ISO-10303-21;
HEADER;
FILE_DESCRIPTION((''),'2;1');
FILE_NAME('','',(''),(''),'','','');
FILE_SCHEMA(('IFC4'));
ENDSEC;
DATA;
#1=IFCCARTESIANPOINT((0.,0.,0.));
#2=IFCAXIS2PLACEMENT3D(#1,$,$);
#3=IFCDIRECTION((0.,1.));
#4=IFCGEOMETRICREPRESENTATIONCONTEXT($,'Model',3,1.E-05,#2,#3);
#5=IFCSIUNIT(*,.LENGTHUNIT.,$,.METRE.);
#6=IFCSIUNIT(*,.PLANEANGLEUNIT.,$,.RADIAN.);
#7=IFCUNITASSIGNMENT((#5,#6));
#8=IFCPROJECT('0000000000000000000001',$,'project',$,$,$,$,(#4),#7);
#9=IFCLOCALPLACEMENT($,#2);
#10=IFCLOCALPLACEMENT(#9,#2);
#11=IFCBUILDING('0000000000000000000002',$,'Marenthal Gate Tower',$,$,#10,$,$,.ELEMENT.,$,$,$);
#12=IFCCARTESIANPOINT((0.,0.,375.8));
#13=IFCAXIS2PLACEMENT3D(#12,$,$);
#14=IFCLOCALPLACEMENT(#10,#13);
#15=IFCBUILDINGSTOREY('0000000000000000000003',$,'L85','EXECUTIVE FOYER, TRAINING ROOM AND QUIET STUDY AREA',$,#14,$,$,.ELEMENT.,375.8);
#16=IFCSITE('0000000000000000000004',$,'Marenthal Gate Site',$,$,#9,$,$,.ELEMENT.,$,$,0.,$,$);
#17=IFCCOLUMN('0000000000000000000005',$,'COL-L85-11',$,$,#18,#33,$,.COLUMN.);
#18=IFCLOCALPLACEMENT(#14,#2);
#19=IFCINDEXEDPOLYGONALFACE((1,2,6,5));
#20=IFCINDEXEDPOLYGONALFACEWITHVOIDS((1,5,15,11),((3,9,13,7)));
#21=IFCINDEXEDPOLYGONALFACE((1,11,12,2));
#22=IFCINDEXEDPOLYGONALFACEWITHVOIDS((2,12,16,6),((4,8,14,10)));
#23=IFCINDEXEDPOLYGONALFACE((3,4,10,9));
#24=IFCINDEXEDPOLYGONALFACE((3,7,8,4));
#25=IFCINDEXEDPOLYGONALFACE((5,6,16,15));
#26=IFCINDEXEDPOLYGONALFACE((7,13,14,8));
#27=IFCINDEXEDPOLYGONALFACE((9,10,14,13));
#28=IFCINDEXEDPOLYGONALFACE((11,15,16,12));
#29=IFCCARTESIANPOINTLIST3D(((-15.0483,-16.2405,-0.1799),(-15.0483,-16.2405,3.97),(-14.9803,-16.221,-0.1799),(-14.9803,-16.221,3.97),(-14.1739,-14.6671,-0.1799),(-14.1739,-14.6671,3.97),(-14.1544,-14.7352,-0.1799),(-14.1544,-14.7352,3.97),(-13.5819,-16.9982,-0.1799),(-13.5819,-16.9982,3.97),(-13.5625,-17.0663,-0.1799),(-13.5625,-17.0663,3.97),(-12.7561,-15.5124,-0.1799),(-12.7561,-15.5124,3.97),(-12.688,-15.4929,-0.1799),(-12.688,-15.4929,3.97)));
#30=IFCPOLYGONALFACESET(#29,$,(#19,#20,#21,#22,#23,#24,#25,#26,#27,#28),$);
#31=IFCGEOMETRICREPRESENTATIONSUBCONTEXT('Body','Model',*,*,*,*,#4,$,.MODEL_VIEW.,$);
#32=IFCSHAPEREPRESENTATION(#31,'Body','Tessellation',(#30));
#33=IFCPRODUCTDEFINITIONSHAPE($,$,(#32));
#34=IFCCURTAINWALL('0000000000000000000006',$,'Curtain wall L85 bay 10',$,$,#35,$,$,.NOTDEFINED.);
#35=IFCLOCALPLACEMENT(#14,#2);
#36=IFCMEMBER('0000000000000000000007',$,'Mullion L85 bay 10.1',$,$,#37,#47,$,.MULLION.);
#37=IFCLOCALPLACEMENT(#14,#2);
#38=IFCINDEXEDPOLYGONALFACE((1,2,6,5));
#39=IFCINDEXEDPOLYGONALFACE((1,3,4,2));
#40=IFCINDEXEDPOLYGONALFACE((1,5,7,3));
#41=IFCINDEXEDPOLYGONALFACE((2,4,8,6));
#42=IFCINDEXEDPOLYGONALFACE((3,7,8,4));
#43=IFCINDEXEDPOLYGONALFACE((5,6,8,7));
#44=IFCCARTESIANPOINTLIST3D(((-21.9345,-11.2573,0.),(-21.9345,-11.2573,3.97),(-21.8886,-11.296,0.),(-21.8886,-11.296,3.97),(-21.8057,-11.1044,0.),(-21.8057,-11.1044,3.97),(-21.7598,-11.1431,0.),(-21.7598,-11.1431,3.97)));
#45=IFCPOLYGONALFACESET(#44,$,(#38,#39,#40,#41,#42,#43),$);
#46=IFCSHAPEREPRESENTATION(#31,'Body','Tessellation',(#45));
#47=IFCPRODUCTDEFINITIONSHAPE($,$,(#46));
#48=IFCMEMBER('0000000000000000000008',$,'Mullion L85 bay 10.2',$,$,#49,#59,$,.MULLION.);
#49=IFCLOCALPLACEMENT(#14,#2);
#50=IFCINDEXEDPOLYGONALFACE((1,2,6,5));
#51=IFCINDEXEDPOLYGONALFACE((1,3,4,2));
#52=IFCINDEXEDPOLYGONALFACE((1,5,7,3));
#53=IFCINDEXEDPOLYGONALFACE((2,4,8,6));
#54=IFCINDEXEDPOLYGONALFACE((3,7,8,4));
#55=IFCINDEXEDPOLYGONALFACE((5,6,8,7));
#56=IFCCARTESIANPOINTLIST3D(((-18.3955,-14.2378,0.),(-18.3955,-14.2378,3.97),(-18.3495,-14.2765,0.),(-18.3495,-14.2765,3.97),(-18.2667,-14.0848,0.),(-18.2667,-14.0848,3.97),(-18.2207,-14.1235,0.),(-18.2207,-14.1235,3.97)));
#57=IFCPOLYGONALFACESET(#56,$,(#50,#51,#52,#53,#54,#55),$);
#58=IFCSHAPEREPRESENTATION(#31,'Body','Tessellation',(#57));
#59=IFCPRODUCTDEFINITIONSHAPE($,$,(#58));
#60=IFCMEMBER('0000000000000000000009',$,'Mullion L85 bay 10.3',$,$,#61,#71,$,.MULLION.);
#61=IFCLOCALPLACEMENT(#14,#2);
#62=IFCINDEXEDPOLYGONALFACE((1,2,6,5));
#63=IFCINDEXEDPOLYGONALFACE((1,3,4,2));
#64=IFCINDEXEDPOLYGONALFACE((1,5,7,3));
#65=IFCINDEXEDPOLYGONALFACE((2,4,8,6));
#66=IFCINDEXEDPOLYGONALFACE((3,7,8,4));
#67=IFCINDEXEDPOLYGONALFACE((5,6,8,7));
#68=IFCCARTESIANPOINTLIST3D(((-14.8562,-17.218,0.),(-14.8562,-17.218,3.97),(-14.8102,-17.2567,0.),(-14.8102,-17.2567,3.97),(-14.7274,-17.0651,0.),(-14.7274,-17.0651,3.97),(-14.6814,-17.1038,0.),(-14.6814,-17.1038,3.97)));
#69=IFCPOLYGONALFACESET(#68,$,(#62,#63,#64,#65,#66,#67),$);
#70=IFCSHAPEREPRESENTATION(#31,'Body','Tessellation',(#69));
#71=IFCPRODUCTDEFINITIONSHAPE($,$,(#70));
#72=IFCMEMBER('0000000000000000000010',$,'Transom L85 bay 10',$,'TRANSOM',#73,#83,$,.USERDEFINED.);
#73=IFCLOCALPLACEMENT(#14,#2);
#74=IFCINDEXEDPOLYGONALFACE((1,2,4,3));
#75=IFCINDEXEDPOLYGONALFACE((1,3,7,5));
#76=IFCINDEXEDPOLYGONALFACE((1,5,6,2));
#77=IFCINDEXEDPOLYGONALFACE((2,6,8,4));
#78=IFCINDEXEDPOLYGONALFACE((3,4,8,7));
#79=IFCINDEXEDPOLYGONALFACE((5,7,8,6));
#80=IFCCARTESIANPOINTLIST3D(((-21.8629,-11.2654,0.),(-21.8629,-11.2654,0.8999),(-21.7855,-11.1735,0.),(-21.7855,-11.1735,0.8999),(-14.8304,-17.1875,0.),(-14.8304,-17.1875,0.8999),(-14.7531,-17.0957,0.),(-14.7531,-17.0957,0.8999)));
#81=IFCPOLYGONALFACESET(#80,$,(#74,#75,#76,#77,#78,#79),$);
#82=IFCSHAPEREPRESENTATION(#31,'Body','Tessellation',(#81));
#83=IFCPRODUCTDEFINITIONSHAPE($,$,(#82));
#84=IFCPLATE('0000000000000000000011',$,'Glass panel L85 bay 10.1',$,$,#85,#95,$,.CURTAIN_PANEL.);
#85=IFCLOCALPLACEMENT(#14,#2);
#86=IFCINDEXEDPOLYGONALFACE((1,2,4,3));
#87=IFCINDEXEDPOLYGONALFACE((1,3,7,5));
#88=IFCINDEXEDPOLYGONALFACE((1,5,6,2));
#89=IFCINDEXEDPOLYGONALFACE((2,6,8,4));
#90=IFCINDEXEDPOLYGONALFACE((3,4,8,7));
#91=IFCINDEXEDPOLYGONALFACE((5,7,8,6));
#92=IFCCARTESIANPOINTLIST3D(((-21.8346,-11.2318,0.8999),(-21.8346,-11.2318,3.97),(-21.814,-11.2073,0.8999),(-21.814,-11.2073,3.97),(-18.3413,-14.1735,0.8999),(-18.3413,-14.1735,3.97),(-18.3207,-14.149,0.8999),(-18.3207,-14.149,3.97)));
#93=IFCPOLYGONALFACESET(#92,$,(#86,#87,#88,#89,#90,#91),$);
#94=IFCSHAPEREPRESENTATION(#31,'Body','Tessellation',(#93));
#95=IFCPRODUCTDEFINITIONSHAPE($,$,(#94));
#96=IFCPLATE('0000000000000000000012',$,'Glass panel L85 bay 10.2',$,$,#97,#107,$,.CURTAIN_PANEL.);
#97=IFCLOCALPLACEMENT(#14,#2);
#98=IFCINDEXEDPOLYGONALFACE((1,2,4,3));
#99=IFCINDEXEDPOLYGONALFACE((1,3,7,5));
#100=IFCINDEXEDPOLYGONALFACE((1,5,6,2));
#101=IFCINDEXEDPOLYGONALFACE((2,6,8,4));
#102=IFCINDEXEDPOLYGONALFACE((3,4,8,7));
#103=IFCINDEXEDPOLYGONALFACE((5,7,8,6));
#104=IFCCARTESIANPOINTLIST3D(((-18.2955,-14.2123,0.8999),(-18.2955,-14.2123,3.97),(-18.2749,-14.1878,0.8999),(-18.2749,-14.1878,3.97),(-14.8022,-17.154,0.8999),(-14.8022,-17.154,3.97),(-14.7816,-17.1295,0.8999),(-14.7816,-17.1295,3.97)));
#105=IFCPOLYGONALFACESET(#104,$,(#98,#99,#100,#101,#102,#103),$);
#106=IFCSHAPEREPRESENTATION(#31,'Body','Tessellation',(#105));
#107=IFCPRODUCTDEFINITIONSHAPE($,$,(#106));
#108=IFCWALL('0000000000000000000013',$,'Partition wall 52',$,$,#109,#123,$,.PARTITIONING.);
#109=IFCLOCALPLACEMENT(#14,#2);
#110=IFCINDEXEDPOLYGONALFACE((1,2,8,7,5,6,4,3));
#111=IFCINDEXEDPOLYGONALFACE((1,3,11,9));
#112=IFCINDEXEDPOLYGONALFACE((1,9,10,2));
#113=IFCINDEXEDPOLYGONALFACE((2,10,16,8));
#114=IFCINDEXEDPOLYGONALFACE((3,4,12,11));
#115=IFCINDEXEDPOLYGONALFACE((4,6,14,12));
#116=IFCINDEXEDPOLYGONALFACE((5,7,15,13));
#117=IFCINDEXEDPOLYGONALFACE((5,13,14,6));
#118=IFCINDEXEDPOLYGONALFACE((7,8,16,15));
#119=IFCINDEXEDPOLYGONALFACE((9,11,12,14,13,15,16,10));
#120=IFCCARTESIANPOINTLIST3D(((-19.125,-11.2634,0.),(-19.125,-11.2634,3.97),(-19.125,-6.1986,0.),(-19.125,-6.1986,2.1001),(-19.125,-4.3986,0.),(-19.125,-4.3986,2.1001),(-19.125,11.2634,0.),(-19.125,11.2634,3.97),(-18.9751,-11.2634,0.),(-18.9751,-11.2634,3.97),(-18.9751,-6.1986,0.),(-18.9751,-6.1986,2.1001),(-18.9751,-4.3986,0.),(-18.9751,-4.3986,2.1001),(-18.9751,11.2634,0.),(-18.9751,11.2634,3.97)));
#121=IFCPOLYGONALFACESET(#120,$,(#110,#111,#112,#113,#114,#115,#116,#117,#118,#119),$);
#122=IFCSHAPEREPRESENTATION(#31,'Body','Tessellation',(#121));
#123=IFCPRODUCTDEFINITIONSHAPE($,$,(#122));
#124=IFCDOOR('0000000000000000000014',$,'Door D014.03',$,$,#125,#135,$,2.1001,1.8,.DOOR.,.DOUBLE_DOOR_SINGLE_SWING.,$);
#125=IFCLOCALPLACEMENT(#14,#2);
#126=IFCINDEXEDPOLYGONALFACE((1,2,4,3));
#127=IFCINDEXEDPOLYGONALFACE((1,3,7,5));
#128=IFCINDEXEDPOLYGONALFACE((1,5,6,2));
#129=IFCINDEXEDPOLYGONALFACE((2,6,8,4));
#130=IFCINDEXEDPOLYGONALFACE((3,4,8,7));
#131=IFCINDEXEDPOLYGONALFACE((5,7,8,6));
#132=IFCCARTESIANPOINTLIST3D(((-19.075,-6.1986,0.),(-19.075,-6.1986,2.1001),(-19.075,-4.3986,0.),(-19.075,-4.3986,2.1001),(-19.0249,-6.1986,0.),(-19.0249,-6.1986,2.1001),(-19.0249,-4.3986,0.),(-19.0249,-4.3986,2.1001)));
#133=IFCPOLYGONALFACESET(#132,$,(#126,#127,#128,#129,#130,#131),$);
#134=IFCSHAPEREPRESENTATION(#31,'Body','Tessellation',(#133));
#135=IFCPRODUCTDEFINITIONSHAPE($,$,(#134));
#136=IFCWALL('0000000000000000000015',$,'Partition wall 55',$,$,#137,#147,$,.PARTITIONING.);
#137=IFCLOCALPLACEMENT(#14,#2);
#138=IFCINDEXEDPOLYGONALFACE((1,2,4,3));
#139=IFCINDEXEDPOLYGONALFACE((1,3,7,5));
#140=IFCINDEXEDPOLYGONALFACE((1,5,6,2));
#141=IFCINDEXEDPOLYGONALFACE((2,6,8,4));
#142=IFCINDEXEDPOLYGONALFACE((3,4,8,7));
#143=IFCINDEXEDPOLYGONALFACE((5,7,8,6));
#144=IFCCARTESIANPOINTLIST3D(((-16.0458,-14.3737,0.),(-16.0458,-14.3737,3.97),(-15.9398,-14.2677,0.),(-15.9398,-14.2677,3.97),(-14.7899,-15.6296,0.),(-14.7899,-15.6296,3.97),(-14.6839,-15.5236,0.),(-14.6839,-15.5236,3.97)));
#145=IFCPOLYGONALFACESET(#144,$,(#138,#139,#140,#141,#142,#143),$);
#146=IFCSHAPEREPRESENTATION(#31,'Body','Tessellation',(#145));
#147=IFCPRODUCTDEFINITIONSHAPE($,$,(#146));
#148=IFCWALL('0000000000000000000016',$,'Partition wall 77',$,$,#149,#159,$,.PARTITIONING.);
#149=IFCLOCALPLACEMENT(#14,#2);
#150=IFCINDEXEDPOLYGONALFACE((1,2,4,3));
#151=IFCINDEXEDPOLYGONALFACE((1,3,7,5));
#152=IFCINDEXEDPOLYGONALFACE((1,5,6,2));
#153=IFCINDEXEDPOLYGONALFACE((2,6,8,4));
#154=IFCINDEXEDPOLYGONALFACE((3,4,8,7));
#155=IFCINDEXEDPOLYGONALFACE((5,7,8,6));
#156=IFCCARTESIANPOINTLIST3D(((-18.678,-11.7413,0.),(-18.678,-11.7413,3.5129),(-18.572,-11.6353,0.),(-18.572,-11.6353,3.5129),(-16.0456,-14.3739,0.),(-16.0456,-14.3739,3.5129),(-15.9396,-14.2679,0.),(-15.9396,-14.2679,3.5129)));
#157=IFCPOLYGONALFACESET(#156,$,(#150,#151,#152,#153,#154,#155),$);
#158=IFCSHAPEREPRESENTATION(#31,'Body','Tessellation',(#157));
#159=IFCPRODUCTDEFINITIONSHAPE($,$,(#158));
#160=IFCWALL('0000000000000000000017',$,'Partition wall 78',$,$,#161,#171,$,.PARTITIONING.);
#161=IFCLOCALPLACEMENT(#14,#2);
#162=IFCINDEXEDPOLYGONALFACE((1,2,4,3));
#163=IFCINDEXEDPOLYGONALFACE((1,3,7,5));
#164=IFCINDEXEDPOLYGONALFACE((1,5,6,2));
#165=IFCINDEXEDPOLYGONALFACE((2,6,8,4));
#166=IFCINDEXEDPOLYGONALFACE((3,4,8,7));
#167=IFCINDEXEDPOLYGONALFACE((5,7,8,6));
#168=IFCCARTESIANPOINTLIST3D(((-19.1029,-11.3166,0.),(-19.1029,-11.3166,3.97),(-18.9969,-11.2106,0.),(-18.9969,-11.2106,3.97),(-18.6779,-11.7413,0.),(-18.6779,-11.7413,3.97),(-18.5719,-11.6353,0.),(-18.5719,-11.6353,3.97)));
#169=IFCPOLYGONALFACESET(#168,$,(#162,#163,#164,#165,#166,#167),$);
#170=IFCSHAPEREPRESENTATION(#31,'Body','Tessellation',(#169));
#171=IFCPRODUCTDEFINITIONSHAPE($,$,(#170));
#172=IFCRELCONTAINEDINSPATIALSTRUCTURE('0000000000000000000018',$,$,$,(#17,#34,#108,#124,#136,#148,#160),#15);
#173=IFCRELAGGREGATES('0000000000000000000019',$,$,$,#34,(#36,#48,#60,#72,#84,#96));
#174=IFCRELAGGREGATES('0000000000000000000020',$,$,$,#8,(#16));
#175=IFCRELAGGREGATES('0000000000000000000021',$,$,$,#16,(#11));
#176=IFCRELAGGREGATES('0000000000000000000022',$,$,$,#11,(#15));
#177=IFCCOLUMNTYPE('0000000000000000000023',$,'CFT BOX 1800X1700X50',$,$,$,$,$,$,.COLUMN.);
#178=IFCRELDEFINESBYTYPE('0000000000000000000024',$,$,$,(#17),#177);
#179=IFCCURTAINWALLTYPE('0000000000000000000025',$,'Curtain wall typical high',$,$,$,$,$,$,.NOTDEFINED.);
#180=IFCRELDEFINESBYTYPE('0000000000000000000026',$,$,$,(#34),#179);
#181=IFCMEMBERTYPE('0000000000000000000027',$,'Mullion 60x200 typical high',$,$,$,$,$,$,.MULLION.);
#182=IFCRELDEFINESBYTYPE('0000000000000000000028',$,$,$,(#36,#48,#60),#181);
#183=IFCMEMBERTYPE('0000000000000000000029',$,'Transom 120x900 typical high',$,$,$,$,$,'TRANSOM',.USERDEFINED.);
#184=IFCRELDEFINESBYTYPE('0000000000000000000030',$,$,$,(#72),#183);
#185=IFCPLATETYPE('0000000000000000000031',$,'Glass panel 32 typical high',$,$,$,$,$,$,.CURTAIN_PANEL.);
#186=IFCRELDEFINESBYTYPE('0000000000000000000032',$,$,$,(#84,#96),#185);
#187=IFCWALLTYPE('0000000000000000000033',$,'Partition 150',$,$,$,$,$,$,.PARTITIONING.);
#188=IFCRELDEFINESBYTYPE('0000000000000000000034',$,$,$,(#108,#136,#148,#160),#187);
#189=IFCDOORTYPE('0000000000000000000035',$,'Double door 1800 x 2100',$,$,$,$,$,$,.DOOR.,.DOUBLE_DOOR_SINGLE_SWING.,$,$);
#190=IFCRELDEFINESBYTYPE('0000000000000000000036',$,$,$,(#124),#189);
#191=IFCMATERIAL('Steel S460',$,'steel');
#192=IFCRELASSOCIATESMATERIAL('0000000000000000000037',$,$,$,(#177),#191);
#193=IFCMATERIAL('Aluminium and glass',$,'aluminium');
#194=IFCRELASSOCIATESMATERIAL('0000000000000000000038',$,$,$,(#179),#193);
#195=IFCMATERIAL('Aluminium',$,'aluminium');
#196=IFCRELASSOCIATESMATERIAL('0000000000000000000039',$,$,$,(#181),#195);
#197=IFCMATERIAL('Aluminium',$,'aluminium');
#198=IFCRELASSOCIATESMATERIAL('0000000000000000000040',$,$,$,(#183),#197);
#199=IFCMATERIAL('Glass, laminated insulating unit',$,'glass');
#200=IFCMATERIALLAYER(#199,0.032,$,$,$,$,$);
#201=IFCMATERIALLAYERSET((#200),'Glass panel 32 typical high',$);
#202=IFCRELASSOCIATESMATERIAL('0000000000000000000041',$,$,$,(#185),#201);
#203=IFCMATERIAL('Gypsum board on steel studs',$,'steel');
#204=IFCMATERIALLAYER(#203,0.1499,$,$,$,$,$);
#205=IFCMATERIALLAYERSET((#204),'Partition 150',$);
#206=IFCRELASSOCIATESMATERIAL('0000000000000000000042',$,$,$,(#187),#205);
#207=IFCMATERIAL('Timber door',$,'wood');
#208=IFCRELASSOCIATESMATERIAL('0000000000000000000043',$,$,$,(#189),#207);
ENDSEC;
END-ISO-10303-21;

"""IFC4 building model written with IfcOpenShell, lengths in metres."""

from ifc_helpers import new_model, si_unit, direction, frame, frame_2d, origin, origin_2d, place, context, subcontext, project, spatial, rectangle, hollow_rectangle, extrude, material, layer, layer_set, material_profile, profile_set, type_object, element, fill, aggregate, save


model = new_model("IFC4")

# Units and contexts
model_context = context("Model", 3, precision=1e-05, world=origin(), true_north=direction((0.0, 1.0)))
body_context = subcontext(model_context, "Body", "Model", "MODEL_VIEW")
ifc_project = project(units=[si_unit("LENGTHUNIT", "METRE"), si_unit("PLANEANGLEUNIT", "RADIAN")], contexts=[model_context])

# Site, building, storey
site_placement = place(None, origin())
site = spatial("IfcSite", under=ifc_project, at=site_placement, Name="Marenthal Gate Site", CompositionType="ELEMENT", RefElevation=0.0)
building_placement = place(site_placement, origin())
building = spatial("IfcBuilding", under=site, at=building_placement, Name="Marenthal Gate Tower", CompositionType="ELEMENT")
storey_placement = place(building_placement, frame((0.0, 0.0, 375.8)))
storey = spatial("IfcBuildingStorey", under=building, at=storey_placement, Name="L85", Description="EXECUTIVE FOYER, TRAINING ROOM AND QUIET STUDY AREA", CompositionType="ELEMENT", Elevation=375.8)

# Column
ifc_material_1 = material(Name="Steel S460", Category="steel")
ifc_material_profile_1 = material_profile(ifc_material_1, hollow_rectangle(XDim=1.7, YDim=1.8, WallThickness=0.05, at=origin_2d()), Name="CFT BOX 1800X1700X50")
ifc_material_2 = material(Name="Concrete 70 MPa", Category="concrete")
ifc_material_profile_2 = material_profile(ifc_material_2, rectangle(XDim=1.6001, YDim=1.7, at=origin_2d()), Name="CFT BOX 1800X1700X50 INFILL")
ifc_profile_set_1 = profile_set([ifc_material_profile_1, ifc_material_profile_2], Name="Steel S460 shell, Concrete 70 MPa infill")
column_type = type_object("IfcColumnType", Name="CFT BOX 1800X1700X50", PredefinedType="COLUMN", material=ifc_profile_set_1)
column_placement = place(storey_placement, frame((-13.8682, -15.8667, -0.1799), z_axis=(0.0, 0.0, 1.0), x_axis=(-0.874065, 0.485809, 0.0)))
element("IfcColumn", 1, at=column_placement, inside=storey, type_object=column_type, Name="COL-L85-11", PredefinedType="COLUMN", context=body_context, shape_type="SweptSolid", body=[
    extrude(hollow_rectangle(XDim=1.7, YDim=1.8, WallThickness=0.05, at=origin_2d()), origin(), (0.0, 0.0, 1.0), 4.1499),
])

# Curtain wall, members, plates
ifc_material_3 = material(Name="Aluminium and glass", Category="aluminium")
curtain_wall_type = type_object("IfcCurtainWallType", Name="Curtain wall typical high", PredefinedType="NOTDEFINED", material=ifc_material_3)
curtain_wall_placement = place(storey_placement, origin())
curtain_wall = element("IfcCurtainWall", 2, at=curtain_wall_placement, inside=storey, type_object=curtain_wall_type, Name="Curtain wall L85 bay 10", PredefinedType="NOTDEFINED")
ifc_material_4 = material(Name="Aluminium", Category="aluminium")
ifc_material_profile_3 = material_profile(ifc_material_4, rectangle(XDim=0.2, YDim=0.0601, at=origin_2d()), Name="60x200 aluminium mullion")
ifc_profile_set_2 = profile_set([ifc_material_profile_3], Name="Aluminium")
member_type_1 = type_object("IfcMemberType", Name="Mullion 60x200 typical high", PredefinedType="MULLION", material=ifc_profile_set_2)
member_1_placement = place(storey_placement, frame((-21.8472, -11.2002, 0.0), z_axis=(0.0, 0.0, 1.0), x_axis=(0.644135, 0.764912, 0.0)))
member_1 = element("IfcMember", 3, at=member_1_placement, type_object=member_type_1, Name="Mullion L85 bay 10.1", PredefinedType="MULLION", context=body_context, shape_type="SweptSolid", body=[
    extrude(rectangle(XDim=0.2, YDim=0.0601, at=origin_2d()), origin(), (0.0, 0.0, 1.0), 3.97),
])
member_2_placement = place(storey_placement, frame((-18.3081, -14.1807, 0.0), z_axis=(0.0, 0.0, 1.0), x_axis=(0.644135, 0.764912, 0.0)))
member_2 = element("IfcMember", 4, at=member_2_placement, type_object=member_type_1, Name="Mullion L85 bay 10.2", PredefinedType="MULLION", context=body_context, shape_type="SweptSolid", body=[
    extrude(rectangle(XDim=0.2, YDim=0.0601, at=origin_2d()), origin(), (0.0, 0.0, 1.0), 3.97),
])
member_3_placement = place(storey_placement, frame((-14.7688, -17.1609, 0.0), z_axis=(0.0, 0.0, 1.0), x_axis=(0.644135, 0.764912, 0.0)))
member_3 = element("IfcMember", 5, at=member_3_placement, type_object=member_type_1, Name="Mullion L85 bay 10.3", PredefinedType="MULLION", context=body_context, shape_type="SweptSolid", body=[
    extrude(rectangle(XDim=0.2, YDim=0.0601, at=origin_2d()), origin(), (0.0, 0.0, 1.0), 3.97),
])
ifc_material_5 = material(Name="Aluminium", Category="aluminium")
ifc_material_profile_4 = material_profile(ifc_material_5, rectangle(XDim=0.1201, YDim=0.8999, at=origin_2d()), Name="120x900 aluminium transom")
ifc_profile_set_3 = profile_set([ifc_material_profile_4], Name="Aluminium")
member_type_2 = type_object("IfcMemberType", Name="Transom 120x900 typical high", ElementType="TRANSOM", PredefinedType="USERDEFINED", material=ifc_profile_set_3)
member_4_placement = place(storey_placement, frame((-21.8242, -11.2195, 0.45), z_axis=(0.764909, -0.644138, 0.0), x_axis=(0.644138, 0.764909, 0.0)))
member_4 = element("IfcMember", 6, at=member_4_placement, type_object=member_type_2, Name="Transom L85 bay 10", ObjectType="TRANSOM", PredefinedType="USERDEFINED", context=body_context, shape_type="SweptSolid", body=[
    extrude(rectangle(XDim=0.1201, YDim=0.8999, at=origin_2d()), origin(), (0.0, 0.0, 1.0), 9.1938),
])
ifc_material_6 = material(Name="Glass, laminated insulating unit", Category="glass")
ifc_layer_1 = layer(ifc_material_6, 0.032)
ifc_layer_set_1 = layer_set([ifc_layer_1], Name="Glass panel 32 typical high")
plate_type = type_object("IfcPlateType", Name="Glass panel 32 typical high", PredefinedType="CURTAIN_PANEL", material=ifc_layer_set_1)
plate_1_placement = place(storey_placement, frame((-20.0776, -12.6904, 0.8999), z_axis=(0.0, 0.0, 1.0), x_axis=(0.764912, -0.644135, 0.0)))
plate_1 = element("IfcPlate", 7, at=plate_1_placement, type_object=plate_type, Name="Glass panel L85 bay 10.1", PredefinedType="CURTAIN_PANEL", context=body_context, shape_type="SweptSolid", body=[
    extrude(rectangle(XDim=4.5669, YDim=0.032, at=origin_2d()), origin(), (0.0, 0.0, 1.0), 3.0701),
])
plate_2_placement = place(storey_placement, frame((-16.5386, -15.6709, 0.8999), z_axis=(0.0, 0.0, 1.0), x_axis=(0.764912, -0.644135, 0.0)))
plate_2 = element("IfcPlate", 8, at=plate_2_placement, type_object=plate_type, Name="Glass panel L85 bay 10.2", PredefinedType="CURTAIN_PANEL", context=body_context, shape_type="SweptSolid", body=[
    extrude(rectangle(XDim=4.5669, YDim=0.032, at=origin_2d()), origin(), (0.0, 0.0, 1.0), 3.0701),
])
aggregate(curtain_wall, [member_1, member_2, member_3, member_4, plate_1, plate_2])

# Wall, opening, door
ifc_material_7 = material(Name="Gypsum board on steel studs", Category="steel")
ifc_layer_2 = layer(ifc_material_7, 0.1499)
ifc_layer_set_2 = layer_set([ifc_layer_2], Name="Partition 150")
wall_type_1 = type_object("IfcWallType", Name="Partition 150", PredefinedType="PARTITIONING", material=ifc_layer_set_2)
wall_1_placement = place(storey_placement, frame((-19.05, -11.2634, 0.0), z_axis=(0.0, 0.0, 1.0), x_axis=(0.0, 1.0, 0.0)))
wall_1 = element("IfcWall", 9, at=wall_1_placement, inside=storey, type_object=wall_type_1, Name="Partition wall 52", PredefinedType="PARTITIONING", context=body_context, shape_type="SweptSolid", body=[
    extrude(rectangle(XDim=22.5269, YDim=0.1499, at=frame_2d((11.2634, 0.0))), origin(), (0.0, 0.0, 1.0), 3.97),
])
opening_1_placement = place(wall_1_placement, frame((5.0649, 0.0, 0.0)))
opening_1 = element("IfcOpeningElement", 10, at=opening_1_placement, cuts=wall_1, PredefinedType="OPENING", context=body_context, shape_type="SweptSolid", body=[
    extrude(rectangle(XDim=1.8, YDim=2.1001, at=frame_2d((0.8999, 1.05))), frame((0.0, 0.085, 0.0), z_axis=(0.0, -1.0, 0.0), x_axis=(1.0, 0.0, 0.0)), (0.0, 0.0, 1.0), 0.1699),
])
ifc_material_8 = material(Name="Timber door", Category="wood")
door_type_1 = type_object("IfcDoorType", Name="Double door 1800 x 2100", OperationType="DOUBLE_DOOR_SINGLE_SWING", PredefinedType="DOOR", material=ifc_material_8)
door_1_placement = place(opening_1_placement, origin())
door_1 = element("IfcDoor", 11, at=door_1_placement, inside=storey, type_object=door_type_1, Name="Door D014.03", OperationType="DOUBLE_DOOR_SINGLE_SWING", OverallHeight=2.1001, OverallWidth=1.8, PredefinedType="DOOR", context=body_context, shape_type="SweptSolid", body=[
    extrude(rectangle(XDim=1.8, YDim=2.1001, at=frame_2d((0.8999, 1.05))), frame((0.0, 0.0249, 0.0), z_axis=(0.0, -1.0, 0.0), x_axis=(1.0, 0.0, 0.0)), (0.0, 0.0, 1.0), 0.05),
])
fill(opening_1, door_1)

# Walls
wall_2_placement = place(storey_placement, frame((-14.7368, -15.5767, 0.0), z_axis=(0.0, 0.0, 1.0), x_axis=(-0.707107, 0.707107, 0.0)))
element("IfcWall", 12, at=wall_2_placement, inside=storey, type_object=wall_type_1, Name="Partition wall 55", PredefinedType="PARTITIONING", context=body_context, shape_type="SweptSolid", body=[
    extrude(rectangle(XDim=1.7761, YDim=0.1499, at=frame_2d((0.8882, 0.0))), origin(), (0.0, 0.0, 1.0), 3.97),
])
wall_3_placement = place(storey_placement, frame((-15.9927, -14.3208, 0.0), z_axis=(0.0, 0.0, 1.0), x_axis=(-0.707074, 0.70714, 0.0)))
element("IfcWall", 13, at=wall_3_placement, inside=storey, type_object=wall_type_1, Name="Partition wall 77", PredefinedType="PARTITIONING", context=body_context, shape_type="SweptSolid", body=[
    extrude(rectangle(XDim=3.7229, YDim=0.1499, at=frame_2d((1.8613, 0.0))), origin(), (0.0, 0.0, 1.0), 3.5129),
])
wall_4_placement = place(storey_placement, frame((-18.625, -11.6882, 0.0), z_axis=(0.0, 0.0, 1.0), x_axis=(-0.70731, 0.706904, 0.0)))
element("IfcWall", 14, at=wall_4_placement, inside=storey, type_object=wall_type_1, Name="Partition wall 78", PredefinedType="PARTITIONING", context=body_context, shape_type="SweptSolid", body=[
    extrude(rectangle(XDim=0.6008, YDim=0.1499, at=frame_2d((0.3003, 0.0))), origin(), (0.0, 0.0, 1.0), 3.97),
])

save(model, "model.ifc")
